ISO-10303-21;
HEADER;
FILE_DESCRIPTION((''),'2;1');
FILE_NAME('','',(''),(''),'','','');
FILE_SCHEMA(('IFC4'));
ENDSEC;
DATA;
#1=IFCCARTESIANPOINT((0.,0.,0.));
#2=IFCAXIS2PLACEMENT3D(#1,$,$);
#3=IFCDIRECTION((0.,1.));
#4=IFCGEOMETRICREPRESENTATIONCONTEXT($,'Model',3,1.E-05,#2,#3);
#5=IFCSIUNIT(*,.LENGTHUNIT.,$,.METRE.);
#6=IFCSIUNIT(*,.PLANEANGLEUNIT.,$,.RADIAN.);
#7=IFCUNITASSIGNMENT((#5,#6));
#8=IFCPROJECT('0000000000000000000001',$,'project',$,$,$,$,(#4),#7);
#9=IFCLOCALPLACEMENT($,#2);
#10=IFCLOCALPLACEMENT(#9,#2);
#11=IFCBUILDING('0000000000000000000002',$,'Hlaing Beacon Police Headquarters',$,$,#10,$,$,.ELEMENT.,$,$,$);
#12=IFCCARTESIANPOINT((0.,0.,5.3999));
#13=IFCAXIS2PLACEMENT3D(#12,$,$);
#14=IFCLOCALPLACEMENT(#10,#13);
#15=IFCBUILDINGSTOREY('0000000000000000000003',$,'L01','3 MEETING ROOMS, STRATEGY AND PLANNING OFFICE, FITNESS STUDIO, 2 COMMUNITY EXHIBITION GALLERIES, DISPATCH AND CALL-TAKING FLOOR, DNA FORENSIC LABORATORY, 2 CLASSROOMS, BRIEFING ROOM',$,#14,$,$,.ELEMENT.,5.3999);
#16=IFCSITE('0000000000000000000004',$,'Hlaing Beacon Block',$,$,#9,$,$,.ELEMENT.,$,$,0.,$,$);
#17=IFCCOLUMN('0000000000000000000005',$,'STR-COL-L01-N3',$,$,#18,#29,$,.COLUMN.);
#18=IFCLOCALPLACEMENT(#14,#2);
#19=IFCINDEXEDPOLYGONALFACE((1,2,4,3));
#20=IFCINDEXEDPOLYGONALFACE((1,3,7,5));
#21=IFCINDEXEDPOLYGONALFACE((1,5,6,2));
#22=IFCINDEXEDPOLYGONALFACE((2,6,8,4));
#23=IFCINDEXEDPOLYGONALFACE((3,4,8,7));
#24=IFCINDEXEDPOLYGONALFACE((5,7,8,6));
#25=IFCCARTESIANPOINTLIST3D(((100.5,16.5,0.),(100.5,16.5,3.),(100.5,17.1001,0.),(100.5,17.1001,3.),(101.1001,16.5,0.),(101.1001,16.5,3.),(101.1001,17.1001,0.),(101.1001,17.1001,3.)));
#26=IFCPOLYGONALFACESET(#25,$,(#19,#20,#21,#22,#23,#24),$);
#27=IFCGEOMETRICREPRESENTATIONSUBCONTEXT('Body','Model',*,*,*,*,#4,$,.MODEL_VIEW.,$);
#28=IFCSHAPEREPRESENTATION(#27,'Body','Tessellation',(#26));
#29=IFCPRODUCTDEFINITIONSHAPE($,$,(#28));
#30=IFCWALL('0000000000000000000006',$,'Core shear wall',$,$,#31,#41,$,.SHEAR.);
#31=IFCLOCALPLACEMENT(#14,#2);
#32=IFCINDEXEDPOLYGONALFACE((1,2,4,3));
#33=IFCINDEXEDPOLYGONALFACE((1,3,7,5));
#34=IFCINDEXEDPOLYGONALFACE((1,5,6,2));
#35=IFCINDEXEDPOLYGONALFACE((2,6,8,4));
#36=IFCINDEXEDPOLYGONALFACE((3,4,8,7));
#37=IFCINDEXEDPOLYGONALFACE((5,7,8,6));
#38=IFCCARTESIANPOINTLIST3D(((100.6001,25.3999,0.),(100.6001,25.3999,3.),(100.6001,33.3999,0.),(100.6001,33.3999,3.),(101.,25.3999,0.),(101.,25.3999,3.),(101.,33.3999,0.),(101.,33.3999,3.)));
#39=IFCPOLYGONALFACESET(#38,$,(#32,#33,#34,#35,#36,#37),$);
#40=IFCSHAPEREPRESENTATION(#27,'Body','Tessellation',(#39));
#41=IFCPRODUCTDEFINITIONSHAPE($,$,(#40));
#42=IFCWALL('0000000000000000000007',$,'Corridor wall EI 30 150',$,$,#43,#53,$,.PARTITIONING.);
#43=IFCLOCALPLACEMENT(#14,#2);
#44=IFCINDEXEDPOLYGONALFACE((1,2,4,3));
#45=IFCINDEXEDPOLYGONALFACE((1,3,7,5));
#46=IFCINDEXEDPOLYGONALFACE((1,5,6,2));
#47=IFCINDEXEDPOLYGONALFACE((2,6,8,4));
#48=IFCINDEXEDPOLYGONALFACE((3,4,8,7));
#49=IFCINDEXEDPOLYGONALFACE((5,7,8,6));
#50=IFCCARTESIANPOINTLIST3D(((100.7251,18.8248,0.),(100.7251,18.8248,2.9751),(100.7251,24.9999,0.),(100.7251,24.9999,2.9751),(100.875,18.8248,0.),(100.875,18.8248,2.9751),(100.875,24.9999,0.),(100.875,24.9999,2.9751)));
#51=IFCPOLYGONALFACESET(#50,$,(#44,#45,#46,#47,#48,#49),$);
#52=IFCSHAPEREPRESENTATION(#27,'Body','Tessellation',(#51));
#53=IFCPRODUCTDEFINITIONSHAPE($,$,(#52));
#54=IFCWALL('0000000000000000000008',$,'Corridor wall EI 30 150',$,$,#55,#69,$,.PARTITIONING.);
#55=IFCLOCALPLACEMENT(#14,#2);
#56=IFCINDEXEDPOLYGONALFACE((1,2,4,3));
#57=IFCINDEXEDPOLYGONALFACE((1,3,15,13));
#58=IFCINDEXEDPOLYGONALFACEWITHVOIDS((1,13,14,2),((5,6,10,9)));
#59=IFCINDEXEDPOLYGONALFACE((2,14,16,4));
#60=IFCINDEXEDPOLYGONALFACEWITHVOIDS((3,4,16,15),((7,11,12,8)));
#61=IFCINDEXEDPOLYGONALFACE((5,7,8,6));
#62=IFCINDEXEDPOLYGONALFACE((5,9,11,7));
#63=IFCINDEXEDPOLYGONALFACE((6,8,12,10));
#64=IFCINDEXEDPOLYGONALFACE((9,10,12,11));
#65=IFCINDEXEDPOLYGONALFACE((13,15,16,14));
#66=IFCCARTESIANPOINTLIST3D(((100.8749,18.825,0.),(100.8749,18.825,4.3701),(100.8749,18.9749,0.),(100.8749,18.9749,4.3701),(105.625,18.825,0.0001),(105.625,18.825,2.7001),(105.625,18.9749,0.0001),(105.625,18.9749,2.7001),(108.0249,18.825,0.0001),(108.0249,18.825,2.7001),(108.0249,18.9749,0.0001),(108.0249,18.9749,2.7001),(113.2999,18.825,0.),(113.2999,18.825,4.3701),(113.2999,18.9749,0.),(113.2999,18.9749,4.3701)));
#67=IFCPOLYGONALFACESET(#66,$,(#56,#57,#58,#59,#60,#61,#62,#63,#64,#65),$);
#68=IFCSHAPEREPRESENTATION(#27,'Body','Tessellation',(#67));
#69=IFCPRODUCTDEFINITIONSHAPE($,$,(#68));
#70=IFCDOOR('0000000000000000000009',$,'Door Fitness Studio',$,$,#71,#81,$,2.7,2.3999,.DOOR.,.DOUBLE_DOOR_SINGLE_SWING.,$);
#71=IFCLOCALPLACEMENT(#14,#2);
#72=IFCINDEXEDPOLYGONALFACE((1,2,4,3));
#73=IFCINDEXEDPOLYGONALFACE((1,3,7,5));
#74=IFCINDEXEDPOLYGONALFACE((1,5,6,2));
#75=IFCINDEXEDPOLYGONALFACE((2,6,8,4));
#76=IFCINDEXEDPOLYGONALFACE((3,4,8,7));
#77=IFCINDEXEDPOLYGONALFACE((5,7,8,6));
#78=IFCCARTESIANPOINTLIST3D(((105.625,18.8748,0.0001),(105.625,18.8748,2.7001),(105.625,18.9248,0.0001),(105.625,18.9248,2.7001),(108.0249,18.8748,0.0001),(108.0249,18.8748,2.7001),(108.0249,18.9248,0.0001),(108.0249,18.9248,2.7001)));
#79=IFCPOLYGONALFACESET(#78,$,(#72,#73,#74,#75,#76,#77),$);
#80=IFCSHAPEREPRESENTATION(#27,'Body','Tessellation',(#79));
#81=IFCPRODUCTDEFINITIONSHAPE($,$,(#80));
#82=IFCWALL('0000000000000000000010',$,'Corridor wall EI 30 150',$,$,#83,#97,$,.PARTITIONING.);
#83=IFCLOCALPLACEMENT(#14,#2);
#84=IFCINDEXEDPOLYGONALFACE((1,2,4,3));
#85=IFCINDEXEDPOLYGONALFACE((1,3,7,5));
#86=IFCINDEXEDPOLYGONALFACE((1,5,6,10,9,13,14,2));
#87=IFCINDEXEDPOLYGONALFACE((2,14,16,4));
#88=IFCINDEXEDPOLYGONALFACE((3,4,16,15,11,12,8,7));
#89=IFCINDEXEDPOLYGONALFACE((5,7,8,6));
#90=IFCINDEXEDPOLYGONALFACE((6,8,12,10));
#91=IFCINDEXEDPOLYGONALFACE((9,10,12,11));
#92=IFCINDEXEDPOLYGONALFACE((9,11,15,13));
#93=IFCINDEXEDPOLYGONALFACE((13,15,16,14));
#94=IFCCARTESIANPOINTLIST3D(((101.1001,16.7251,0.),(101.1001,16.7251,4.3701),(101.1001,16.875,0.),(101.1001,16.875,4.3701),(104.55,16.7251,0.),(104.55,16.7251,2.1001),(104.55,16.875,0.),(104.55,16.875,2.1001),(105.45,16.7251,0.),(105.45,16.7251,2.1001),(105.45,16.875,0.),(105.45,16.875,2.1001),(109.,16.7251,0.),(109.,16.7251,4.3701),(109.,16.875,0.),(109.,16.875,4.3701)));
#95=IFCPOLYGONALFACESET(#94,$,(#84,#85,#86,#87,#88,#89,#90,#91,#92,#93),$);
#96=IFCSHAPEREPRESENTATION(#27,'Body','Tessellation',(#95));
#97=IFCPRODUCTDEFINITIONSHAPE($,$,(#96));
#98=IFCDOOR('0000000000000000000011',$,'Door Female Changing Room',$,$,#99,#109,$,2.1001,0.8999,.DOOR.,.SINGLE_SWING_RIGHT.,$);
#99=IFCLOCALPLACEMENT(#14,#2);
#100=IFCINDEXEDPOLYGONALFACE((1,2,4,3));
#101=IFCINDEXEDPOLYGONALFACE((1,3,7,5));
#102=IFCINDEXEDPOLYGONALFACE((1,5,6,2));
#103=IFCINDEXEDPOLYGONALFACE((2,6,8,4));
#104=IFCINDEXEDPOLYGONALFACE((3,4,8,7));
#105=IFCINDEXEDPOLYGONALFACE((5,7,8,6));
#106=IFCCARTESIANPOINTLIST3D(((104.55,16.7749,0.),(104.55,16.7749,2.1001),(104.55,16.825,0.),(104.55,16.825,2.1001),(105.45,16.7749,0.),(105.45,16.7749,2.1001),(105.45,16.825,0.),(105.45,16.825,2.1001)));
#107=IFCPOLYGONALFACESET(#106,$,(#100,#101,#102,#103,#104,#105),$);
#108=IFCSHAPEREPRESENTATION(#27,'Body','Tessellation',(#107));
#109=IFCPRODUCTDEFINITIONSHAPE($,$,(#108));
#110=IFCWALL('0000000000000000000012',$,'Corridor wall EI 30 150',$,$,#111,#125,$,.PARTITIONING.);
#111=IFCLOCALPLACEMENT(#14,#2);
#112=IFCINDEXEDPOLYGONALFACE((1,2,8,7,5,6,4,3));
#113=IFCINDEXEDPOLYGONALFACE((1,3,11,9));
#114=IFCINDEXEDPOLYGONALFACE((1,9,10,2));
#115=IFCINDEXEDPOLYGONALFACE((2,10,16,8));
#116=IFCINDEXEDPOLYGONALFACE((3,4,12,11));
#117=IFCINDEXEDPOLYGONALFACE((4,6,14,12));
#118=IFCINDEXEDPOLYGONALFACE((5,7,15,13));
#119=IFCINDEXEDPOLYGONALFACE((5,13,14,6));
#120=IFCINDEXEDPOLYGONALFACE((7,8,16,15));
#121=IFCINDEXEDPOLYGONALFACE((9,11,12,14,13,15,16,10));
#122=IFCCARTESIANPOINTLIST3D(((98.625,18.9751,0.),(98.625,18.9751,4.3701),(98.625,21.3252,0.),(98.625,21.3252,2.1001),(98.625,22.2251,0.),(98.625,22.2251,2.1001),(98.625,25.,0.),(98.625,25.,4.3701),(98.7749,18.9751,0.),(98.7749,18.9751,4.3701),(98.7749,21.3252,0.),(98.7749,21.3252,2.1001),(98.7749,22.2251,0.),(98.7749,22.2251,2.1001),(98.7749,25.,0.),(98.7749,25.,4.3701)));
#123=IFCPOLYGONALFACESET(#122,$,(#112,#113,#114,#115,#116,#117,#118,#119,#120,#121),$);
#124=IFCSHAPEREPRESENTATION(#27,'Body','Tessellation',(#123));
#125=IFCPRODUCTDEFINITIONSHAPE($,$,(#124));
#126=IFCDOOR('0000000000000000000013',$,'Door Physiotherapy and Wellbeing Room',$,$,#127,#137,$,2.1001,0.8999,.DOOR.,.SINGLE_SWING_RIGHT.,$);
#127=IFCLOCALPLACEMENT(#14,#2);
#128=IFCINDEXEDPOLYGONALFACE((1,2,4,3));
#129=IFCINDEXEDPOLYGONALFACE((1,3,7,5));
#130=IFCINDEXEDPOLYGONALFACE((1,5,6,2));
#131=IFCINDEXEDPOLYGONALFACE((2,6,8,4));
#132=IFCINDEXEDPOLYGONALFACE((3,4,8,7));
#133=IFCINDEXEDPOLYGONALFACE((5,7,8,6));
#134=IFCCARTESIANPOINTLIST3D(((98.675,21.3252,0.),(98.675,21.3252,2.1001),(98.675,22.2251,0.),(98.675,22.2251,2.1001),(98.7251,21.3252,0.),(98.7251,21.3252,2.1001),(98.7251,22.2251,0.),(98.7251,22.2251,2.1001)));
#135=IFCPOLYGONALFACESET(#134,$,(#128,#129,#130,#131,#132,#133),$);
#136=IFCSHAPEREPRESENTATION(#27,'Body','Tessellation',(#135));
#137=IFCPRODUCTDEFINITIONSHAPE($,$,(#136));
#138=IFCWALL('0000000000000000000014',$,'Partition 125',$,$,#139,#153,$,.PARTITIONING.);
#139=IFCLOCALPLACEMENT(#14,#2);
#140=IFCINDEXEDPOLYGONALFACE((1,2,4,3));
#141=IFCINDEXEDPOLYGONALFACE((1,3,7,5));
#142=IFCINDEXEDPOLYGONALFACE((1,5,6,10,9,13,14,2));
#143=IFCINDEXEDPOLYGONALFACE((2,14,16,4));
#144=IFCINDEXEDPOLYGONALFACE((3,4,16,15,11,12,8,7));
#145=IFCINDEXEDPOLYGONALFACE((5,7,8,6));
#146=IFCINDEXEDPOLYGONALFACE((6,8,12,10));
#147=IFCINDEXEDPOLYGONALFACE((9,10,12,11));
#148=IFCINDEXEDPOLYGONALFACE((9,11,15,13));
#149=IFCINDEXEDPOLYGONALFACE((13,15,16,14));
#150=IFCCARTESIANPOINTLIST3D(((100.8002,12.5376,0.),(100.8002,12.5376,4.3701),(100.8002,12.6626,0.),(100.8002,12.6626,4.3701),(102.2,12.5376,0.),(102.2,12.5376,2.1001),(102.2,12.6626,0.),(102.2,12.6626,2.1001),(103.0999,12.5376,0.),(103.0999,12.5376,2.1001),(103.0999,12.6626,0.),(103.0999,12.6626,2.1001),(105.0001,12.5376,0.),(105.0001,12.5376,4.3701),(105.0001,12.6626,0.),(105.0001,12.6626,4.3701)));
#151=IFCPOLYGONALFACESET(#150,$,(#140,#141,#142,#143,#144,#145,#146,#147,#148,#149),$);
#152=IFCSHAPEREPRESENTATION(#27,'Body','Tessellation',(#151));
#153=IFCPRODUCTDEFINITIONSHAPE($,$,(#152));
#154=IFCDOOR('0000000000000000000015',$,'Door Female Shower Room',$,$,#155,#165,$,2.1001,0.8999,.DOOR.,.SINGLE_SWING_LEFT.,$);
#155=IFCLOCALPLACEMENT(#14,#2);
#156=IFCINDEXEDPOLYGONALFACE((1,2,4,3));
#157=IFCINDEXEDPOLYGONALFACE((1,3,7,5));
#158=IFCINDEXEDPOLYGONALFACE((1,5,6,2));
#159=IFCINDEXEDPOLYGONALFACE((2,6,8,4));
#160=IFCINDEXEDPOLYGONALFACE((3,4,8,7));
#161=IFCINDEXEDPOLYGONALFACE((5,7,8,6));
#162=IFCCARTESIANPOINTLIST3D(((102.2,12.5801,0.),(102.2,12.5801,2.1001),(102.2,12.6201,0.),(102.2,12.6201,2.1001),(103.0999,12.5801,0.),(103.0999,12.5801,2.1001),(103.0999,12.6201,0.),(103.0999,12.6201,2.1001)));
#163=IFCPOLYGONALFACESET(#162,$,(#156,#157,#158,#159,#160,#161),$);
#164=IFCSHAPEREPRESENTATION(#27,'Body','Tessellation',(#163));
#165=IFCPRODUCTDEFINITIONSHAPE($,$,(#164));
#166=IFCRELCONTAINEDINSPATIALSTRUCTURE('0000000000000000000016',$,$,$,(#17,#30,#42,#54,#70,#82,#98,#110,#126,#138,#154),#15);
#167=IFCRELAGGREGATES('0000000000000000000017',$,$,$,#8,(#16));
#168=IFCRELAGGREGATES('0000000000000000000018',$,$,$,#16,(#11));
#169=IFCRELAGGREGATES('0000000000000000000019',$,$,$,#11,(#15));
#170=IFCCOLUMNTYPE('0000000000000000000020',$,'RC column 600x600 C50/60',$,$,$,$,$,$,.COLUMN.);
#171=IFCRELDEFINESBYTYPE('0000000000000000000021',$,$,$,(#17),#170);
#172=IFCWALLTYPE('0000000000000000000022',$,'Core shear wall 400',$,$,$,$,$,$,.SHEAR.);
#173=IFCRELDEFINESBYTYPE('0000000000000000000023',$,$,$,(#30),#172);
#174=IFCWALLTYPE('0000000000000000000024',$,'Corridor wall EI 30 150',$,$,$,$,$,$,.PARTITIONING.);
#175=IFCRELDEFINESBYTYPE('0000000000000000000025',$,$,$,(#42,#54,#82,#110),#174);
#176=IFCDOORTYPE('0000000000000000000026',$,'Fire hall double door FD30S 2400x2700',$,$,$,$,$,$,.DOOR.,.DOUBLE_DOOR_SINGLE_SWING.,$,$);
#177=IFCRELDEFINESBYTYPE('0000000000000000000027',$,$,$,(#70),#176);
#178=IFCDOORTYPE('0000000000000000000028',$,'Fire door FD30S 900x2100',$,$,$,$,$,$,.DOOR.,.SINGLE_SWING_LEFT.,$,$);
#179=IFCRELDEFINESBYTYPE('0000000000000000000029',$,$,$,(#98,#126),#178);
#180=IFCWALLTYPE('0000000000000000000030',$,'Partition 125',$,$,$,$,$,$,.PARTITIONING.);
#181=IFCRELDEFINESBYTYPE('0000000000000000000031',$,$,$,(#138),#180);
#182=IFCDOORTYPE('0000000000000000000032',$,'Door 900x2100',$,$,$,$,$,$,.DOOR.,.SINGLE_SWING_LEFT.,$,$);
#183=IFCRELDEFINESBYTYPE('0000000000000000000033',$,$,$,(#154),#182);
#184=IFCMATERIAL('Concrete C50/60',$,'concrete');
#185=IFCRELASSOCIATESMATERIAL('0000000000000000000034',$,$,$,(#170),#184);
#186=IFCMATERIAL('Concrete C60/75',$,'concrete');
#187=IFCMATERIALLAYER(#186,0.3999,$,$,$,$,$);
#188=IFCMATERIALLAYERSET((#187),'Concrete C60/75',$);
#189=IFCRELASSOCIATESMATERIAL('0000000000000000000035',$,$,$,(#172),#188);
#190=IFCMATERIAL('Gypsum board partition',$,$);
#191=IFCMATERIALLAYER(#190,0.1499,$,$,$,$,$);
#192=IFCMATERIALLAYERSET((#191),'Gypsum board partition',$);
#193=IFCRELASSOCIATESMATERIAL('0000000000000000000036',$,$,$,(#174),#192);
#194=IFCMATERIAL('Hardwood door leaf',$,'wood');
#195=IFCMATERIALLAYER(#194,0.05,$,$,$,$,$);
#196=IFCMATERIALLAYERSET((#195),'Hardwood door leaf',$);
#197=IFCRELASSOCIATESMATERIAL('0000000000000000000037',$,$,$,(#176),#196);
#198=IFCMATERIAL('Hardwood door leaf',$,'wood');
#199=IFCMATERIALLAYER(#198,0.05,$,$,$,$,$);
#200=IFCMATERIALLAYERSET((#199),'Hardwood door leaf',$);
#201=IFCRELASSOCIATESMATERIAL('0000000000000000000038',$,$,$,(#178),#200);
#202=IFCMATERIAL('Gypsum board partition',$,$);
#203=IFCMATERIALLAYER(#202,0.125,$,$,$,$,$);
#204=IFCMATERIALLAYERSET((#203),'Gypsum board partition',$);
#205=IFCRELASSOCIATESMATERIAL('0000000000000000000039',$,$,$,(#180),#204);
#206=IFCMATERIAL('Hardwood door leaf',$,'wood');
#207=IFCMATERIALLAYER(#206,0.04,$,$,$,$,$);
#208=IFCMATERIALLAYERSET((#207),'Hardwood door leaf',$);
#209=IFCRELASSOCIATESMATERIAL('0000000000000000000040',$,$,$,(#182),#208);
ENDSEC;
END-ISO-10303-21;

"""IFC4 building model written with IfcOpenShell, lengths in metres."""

from ifc_helpers import new_model, si_unit, direction, frame, frame_2d, origin, origin_2d, place, context, subcontext, project, spatial, rectangle, extrude, material, layer, layer_set, material_profile, profile_set, type_object, element, fill, save


model = new_model("IFC4")

# Units and contexts
model_context = context("Model", 3, precision=1e-05, world=origin(), true_north=direction((0.0, 1.0)))
body_context = subcontext(model_context, "Body", "Model", "MODEL_VIEW")
ifc_project = project(units=[si_unit("LENGTHUNIT", "METRE"), si_unit("PLANEANGLEUNIT", "RADIAN")], contexts=[model_context])

# Site, building, storey
site_placement = place(None, origin())
site = spatial("IfcSite", under=ifc_project, at=site_placement, Name="Hlaing Beacon Block", CompositionType="ELEMENT", RefElevation=0.0)
building_placement = place(site_placement, origin())
building = spatial("IfcBuilding", under=site, at=building_placement, Name="Hlaing Beacon Police Headquarters", CompositionType="ELEMENT")
storey_placement = place(building_placement, frame((0.0, 0.0, 5.3999)))
storey = spatial("IfcBuildingStorey", under=building, at=storey_placement, Name="L01", Description="3 MEETING ROOMS, STRATEGY AND PLANNING OFFICE, FITNESS STUDIO, 2 COMMUNITY EXHIBITION GALLERIES, DISPATCH AND CALL-TAKING FLOOR, DNA FORENSIC LABORATORY, 2 CLASSROOMS, BRIEFING ROOM", CompositionType="ELEMENT", Elevation=5.3999)

# Column
ifc_material_1 = material(Name="Concrete C50/60", Category="concrete")
ifc_material_profile = material_profile(ifc_material_1, rectangle(XDim=0.6001, YDim=0.6001, at=origin_2d()), Name="600x600")
ifc_profile_set = profile_set([ifc_material_profile], Name="Concrete C50/60")
column_type = type_object("IfcColumnType", Name="RC column 600x600 C50/60", PredefinedType="COLUMN", material=ifc_profile_set)
column_placement = place(storey_placement, frame((100.8, 16.8, 0.0), z_axis=(0.0, 0.0, 1.0), x_axis=(1.0, 0.0, 0.0)))
element("IfcColumn", 1, at=column_placement, inside=storey, type_object=column_type, Name="STR-COL-L01-N3", PredefinedType="COLUMN", context=body_context, shape_type="SweptSolid", body=[
    extrude(rectangle(XDim=0.6001, YDim=0.6001, at=origin_2d()), origin(), (0.0, 0.0, 1.0), 3.0),
])

# Walls
ifc_material_2 = material(Name="Concrete C60/75", Category="concrete")
ifc_layer_1 = layer(ifc_material_2, 0.3999)
ifc_layer_set_1 = layer_set([ifc_layer_1], Name="Concrete C60/75")
wall_type_1 = type_object("IfcWallType", Name="Core shear wall 400", PredefinedType="SHEAR", material=ifc_layer_set_1)
wall_1_placement = place(storey_placement, frame((100.8, 25.3999, 0.0), z_axis=(0.0, 0.0, 1.0), x_axis=(0.0, 1.0, 0.0)))
element("IfcWall", 2, at=wall_1_placement, inside=storey, type_object=wall_type_1, Name="Core shear wall", PredefinedType="SHEAR", context=body_context, shape_type="SweptSolid", body=[
    extrude(rectangle(XDim=8.0, YDim=0.3999, at=frame_2d((4.0, 0.0))), origin(), (0.0, 0.0, 1.0), 3.0),
])
ifc_material_3 = material(Name="Gypsum board partition")
ifc_layer_2 = layer(ifc_material_3, 0.1499)
ifc_layer_set_2 = layer_set([ifc_layer_2], Name="Gypsum board partition")
wall_type_2 = type_object("IfcWallType", Name="Corridor wall EI 30 150", PredefinedType="PARTITIONING", material=ifc_layer_set_2)
wall_2_placement = place(storey_placement, frame((100.8, 18.825, 0.0), z_axis=(0.0, 0.0, 1.0), x_axis=(0.0, 1.0, 0.0)))
element("IfcWall", 3, at=wall_2_placement, inside=storey, type_object=wall_type_2, Name="Corridor wall EI 30 150", PredefinedType="PARTITIONING", context=body_context, shape_type="SweptSolid", body=[
    extrude(rectangle(XDim=6.175, YDim=0.1499, at=frame_2d((3.0874, 0.0))), origin(), (0.0, 0.0, 1.0), 2.9751),
])

# Walls, openings, doors
wall_3_placement = place(storey_placement, frame((100.875, 18.8999, 0.0), z_axis=(0.0, 0.0, 1.0), x_axis=(1.0, 0.0, 0.0)))
wall_3 = element("IfcWall", 4, at=wall_3_placement, inside=storey, type_object=wall_type_2, Name="Corridor wall EI 30 150", PredefinedType="PARTITIONING", context=body_context, shape_type="SweptSolid", body=[
    extrude(rectangle(XDim=12.425, YDim=0.1499, at=frame_2d((6.2124, 0.0))), origin(), (0.0, 0.0, 1.0), 4.3701),
])
opening_1_placement = place(wall_3_placement, frame((4.75, 0.0, 0.0)))
opening_1 = element("IfcOpeningElement", 5, at=opening_1_placement, cuts=wall_3, PredefinedType="OPENING", context=body_context, shape_type="SweptSolid", body=[
    extrude(rectangle(XDim=2.3999, YDim=2.7, at=frame_2d((1.2, 1.3501))), frame((0.0, 0.085, 0.0), z_axis=(0.0, -1.0, 0.0), x_axis=(1.0, 0.0, 0.0)), (0.0, 0.0, 1.0), 0.1699),
])
ifc_material_4 = material(Name="Hardwood door leaf", Category="wood")
ifc_layer_3 = layer(ifc_material_4, 0.05)
ifc_layer_set_3 = layer_set([ifc_layer_3], Name="Hardwood door leaf")
door_type_1 = type_object("IfcDoorType", Name="Fire hall double door FD30S 2400x2700", OperationType="DOUBLE_DOOR_SINGLE_SWING", PredefinedType="DOOR", material=ifc_layer_set_3)
door_1_placement = place(opening_1_placement, frame((2.3999, 0.0, 0.0), z_axis=(0.0, 0.0, 1.0), x_axis=(-1.0, 0.0, 0.0)))
door_1 = element("IfcDoor", 6, at=door_1_placement, inside=storey, type_object=door_type_1, Name="Door Fitness Studio", OperationType="DOUBLE_DOOR_SINGLE_SWING", OverallHeight=2.7, OverallWidth=2.3999, PredefinedType="DOOR", context=body_context, shape_type="SweptSolid", body=[
    extrude(rectangle(XDim=2.3999, YDim=2.7, at=frame_2d((1.2, 1.3501))), frame((0.0, 0.0251, 0.0), z_axis=(0.0, -1.0, 0.0), x_axis=(1.0, 0.0, 0.0)), (0.0, 0.0, 1.0), 0.05),
])
fill(opening_1, door_1)
wall_4_placement = place(storey_placement, frame((101.1001, 16.8, 0.0), z_axis=(0.0, 0.0, 1.0), x_axis=(1.0, 0.0, 0.0)))
wall_4 = element("IfcWall", 7, at=wall_4_placement, inside=storey, type_object=wall_type_2, Name="Corridor wall EI 30 150", PredefinedType="PARTITIONING", context=body_context, shape_type="SweptSolid", body=[
    extrude(rectangle(XDim=7.8999, YDim=0.1499, at=frame_2d((3.95, 0.0))), origin(), (0.0, 0.0, 1.0), 4.3701),
])
opening_2_placement = place(wall_4_placement, frame((3.45, 0.0, 0.0)))
opening_2 = element("IfcOpeningElement", 8, at=opening_2_placement, cuts=wall_4, PredefinedType="OPENING", context=body_context, shape_type="SweptSolid", body=[
    extrude(rectangle(XDim=0.8999, YDim=2.1001, at=frame_2d((0.45, 1.05))), frame((0.0, 0.085, 0.0), z_axis=(0.0, -1.0, 0.0), x_axis=(1.0, 0.0, 0.0)), (0.0, 0.0, 1.0), 0.1699),
])
ifc_material_5 = material(Name="Hardwood door leaf", Category="wood")
ifc_layer_4 = layer(ifc_material_5, 0.05)
ifc_layer_set_4 = layer_set([ifc_layer_4], Name="Hardwood door leaf")
door_type_2 = type_object("IfcDoorType", Name="Fire door FD30S 900x2100", OperationType="SINGLE_SWING_LEFT", PredefinedType="DOOR", material=ifc_layer_set_4)
door_2_placement = place(opening_2_placement, frame((0.8999, 0.0, 0.0), z_axis=(0.0, 0.0, 1.0), x_axis=(-1.0, 0.0, 0.0)))
door_2 = element("IfcDoor", 9, at=door_2_placement, inside=storey, type_object=door_type_2, Name="Door Female Changing Room", OperationType="SINGLE_SWING_RIGHT", OverallHeight=2.1001, OverallWidth=0.8999, PredefinedType="DOOR", context=body_context, shape_type="SweptSolid", body=[
    extrude(rectangle(XDim=0.8999, YDim=2.1001, at=frame_2d((0.45, 1.05))), frame((0.0, 0.0251, 0.0), z_axis=(0.0, -1.0, 0.0), x_axis=(1.0, 0.0, 0.0)), (0.0, 0.0, 1.0), 0.05),
])
fill(opening_2, door_2)
wall_5_placement = place(storey_placement, frame((98.7, 18.9751, 0.0), z_axis=(0.0, 0.0, 1.0), x_axis=(0.0, 1.0, 0.0)))
wall_5 = element("IfcWall", 10, at=wall_5_placement, inside=storey, type_object=wall_type_2, Name="Corridor wall EI 30 150", PredefinedType="PARTITIONING", context=body_context, shape_type="SweptSolid", body=[
    extrude(rectangle(XDim=6.0249, YDim=0.1499, at=frame_2d((3.0125, 0.0))), origin(), (0.0, 0.0, 1.0), 4.3701),
])
opening_3_placement = place(wall_5_placement, frame((2.3501, 0.0, 0.0)))
opening_3 = element("IfcOpeningElement", 11, at=opening_3_placement, cuts=wall_5, PredefinedType="OPENING", context=body_context, shape_type="SweptSolid", body=[
    extrude(rectangle(XDim=0.8999, YDim=2.1001, at=frame_2d((0.45, 1.05))), frame((0.0, 0.085, 0.0), z_axis=(0.0, -1.0, 0.0), x_axis=(1.0, 0.0, 0.0)), (0.0, 0.0, 1.0), 0.1699),
])
door_3_placement = place(opening_3_placement, origin())
door_3 = element("IfcDoor", 12, at=door_3_placement, inside=storey, type_object=door_type_2, Name="Door Physiotherapy and Wellbeing Room", OperationType="SINGLE_SWING_RIGHT", OverallHeight=2.1001, OverallWidth=0.8999, PredefinedType="DOOR", context=body_context, shape_type="SweptSolid", body=[
    extrude(rectangle(XDim=0.8999, YDim=2.1001, at=frame_2d((0.45, 1.05))), frame((0.0, 0.0249, 0.0), z_axis=(0.0, -1.0, 0.0), x_axis=(1.0, 0.0, 0.0)), (0.0, 0.0, 1.0), 0.05),
])
fill(opening_3, door_3)
ifc_material_6 = material(Name="Gypsum board partition")
ifc_layer_5 = layer(ifc_material_6, 0.125)
ifc_layer_set_5 = layer_set([ifc_layer_5], Name="Gypsum board partition")
wall_type_3 = type_object("IfcWallType", Name="Partition 125", PredefinedType="PARTITIONING", material=ifc_layer_set_5)
wall_6_placement = place(storey_placement, frame((100.8, 12.6001, 0.0), z_axis=(0.0, 0.0, 1.0), x_axis=(1.0, 0.0, 0.0)))
wall_6 = element("IfcWall", 13, at=wall_6_placement, inside=storey, type_object=wall_type_3, Name="Partition 125", PredefinedType="PARTITIONING", context=body_context, shape_type="SweptSolid", body=[
    extrude(rectangle(XDim=4.2, YDim=0.125, at=frame_2d((2.1001, 0.0))), origin(), (0.0, 0.0, 1.0), 4.3701),
])
opening_4_placement = place(wall_6_placement, frame((1.3999, 0.0, 0.0)))
opening_4 = element("IfcOpeningElement", 14, at=opening_4_placement, cuts=wall_6, PredefinedType="OPENING", context=body_context, shape_type="SweptSolid", body=[
    extrude(rectangle(XDim=0.8999, YDim=2.1001, at=frame_2d((0.45, 1.05))), frame((0.0, 0.0725, 0.0), z_axis=(0.0, -1.0, 0.0), x_axis=(1.0, 0.0, 0.0)), (0.0, 0.0, 1.0), 0.145),
])
ifc_material_7 = material(Name="Hardwood door leaf", Category="wood")
ifc_layer_6 = layer(ifc_material_7, 0.04)
ifc_layer_set_6 = layer_set([ifc_layer_6], Name="Hardwood door leaf")
door_type_3 = type_object("IfcDoorType", Name="Door 900x2100", OperationType="SINGLE_SWING_LEFT", PredefinedType="DOOR", material=ifc_layer_set_6)
door_4_placement = place(opening_4_placement, frame((0.8999, 0.0, 0.0), z_axis=(0.0, 0.0, 1.0), x_axis=(-1.0, 0.0, 0.0)))
door_4 = element("IfcDoor", 15, at=door_4_placement, inside=storey, type_object=door_type_3, Name="Door Female Shower Room", OperationType="SINGLE_SWING_LEFT", OverallHeight=2.1001, OverallWidth=0.8999, PredefinedType="DOOR", context=body_context, shape_type="SweptSolid", body=[
    extrude(rectangle(XDim=0.8999, YDim=2.1001, at=frame_2d((0.45, 1.05))), frame((0.0, 0.02, 0.0), z_axis=(0.0, -1.0, 0.0), x_axis=(1.0, 0.0, 0.0)), (0.0, 0.0, 1.0), 0.04),
])
fill(opening_4, door_4)

save(model, "model.ifc")
